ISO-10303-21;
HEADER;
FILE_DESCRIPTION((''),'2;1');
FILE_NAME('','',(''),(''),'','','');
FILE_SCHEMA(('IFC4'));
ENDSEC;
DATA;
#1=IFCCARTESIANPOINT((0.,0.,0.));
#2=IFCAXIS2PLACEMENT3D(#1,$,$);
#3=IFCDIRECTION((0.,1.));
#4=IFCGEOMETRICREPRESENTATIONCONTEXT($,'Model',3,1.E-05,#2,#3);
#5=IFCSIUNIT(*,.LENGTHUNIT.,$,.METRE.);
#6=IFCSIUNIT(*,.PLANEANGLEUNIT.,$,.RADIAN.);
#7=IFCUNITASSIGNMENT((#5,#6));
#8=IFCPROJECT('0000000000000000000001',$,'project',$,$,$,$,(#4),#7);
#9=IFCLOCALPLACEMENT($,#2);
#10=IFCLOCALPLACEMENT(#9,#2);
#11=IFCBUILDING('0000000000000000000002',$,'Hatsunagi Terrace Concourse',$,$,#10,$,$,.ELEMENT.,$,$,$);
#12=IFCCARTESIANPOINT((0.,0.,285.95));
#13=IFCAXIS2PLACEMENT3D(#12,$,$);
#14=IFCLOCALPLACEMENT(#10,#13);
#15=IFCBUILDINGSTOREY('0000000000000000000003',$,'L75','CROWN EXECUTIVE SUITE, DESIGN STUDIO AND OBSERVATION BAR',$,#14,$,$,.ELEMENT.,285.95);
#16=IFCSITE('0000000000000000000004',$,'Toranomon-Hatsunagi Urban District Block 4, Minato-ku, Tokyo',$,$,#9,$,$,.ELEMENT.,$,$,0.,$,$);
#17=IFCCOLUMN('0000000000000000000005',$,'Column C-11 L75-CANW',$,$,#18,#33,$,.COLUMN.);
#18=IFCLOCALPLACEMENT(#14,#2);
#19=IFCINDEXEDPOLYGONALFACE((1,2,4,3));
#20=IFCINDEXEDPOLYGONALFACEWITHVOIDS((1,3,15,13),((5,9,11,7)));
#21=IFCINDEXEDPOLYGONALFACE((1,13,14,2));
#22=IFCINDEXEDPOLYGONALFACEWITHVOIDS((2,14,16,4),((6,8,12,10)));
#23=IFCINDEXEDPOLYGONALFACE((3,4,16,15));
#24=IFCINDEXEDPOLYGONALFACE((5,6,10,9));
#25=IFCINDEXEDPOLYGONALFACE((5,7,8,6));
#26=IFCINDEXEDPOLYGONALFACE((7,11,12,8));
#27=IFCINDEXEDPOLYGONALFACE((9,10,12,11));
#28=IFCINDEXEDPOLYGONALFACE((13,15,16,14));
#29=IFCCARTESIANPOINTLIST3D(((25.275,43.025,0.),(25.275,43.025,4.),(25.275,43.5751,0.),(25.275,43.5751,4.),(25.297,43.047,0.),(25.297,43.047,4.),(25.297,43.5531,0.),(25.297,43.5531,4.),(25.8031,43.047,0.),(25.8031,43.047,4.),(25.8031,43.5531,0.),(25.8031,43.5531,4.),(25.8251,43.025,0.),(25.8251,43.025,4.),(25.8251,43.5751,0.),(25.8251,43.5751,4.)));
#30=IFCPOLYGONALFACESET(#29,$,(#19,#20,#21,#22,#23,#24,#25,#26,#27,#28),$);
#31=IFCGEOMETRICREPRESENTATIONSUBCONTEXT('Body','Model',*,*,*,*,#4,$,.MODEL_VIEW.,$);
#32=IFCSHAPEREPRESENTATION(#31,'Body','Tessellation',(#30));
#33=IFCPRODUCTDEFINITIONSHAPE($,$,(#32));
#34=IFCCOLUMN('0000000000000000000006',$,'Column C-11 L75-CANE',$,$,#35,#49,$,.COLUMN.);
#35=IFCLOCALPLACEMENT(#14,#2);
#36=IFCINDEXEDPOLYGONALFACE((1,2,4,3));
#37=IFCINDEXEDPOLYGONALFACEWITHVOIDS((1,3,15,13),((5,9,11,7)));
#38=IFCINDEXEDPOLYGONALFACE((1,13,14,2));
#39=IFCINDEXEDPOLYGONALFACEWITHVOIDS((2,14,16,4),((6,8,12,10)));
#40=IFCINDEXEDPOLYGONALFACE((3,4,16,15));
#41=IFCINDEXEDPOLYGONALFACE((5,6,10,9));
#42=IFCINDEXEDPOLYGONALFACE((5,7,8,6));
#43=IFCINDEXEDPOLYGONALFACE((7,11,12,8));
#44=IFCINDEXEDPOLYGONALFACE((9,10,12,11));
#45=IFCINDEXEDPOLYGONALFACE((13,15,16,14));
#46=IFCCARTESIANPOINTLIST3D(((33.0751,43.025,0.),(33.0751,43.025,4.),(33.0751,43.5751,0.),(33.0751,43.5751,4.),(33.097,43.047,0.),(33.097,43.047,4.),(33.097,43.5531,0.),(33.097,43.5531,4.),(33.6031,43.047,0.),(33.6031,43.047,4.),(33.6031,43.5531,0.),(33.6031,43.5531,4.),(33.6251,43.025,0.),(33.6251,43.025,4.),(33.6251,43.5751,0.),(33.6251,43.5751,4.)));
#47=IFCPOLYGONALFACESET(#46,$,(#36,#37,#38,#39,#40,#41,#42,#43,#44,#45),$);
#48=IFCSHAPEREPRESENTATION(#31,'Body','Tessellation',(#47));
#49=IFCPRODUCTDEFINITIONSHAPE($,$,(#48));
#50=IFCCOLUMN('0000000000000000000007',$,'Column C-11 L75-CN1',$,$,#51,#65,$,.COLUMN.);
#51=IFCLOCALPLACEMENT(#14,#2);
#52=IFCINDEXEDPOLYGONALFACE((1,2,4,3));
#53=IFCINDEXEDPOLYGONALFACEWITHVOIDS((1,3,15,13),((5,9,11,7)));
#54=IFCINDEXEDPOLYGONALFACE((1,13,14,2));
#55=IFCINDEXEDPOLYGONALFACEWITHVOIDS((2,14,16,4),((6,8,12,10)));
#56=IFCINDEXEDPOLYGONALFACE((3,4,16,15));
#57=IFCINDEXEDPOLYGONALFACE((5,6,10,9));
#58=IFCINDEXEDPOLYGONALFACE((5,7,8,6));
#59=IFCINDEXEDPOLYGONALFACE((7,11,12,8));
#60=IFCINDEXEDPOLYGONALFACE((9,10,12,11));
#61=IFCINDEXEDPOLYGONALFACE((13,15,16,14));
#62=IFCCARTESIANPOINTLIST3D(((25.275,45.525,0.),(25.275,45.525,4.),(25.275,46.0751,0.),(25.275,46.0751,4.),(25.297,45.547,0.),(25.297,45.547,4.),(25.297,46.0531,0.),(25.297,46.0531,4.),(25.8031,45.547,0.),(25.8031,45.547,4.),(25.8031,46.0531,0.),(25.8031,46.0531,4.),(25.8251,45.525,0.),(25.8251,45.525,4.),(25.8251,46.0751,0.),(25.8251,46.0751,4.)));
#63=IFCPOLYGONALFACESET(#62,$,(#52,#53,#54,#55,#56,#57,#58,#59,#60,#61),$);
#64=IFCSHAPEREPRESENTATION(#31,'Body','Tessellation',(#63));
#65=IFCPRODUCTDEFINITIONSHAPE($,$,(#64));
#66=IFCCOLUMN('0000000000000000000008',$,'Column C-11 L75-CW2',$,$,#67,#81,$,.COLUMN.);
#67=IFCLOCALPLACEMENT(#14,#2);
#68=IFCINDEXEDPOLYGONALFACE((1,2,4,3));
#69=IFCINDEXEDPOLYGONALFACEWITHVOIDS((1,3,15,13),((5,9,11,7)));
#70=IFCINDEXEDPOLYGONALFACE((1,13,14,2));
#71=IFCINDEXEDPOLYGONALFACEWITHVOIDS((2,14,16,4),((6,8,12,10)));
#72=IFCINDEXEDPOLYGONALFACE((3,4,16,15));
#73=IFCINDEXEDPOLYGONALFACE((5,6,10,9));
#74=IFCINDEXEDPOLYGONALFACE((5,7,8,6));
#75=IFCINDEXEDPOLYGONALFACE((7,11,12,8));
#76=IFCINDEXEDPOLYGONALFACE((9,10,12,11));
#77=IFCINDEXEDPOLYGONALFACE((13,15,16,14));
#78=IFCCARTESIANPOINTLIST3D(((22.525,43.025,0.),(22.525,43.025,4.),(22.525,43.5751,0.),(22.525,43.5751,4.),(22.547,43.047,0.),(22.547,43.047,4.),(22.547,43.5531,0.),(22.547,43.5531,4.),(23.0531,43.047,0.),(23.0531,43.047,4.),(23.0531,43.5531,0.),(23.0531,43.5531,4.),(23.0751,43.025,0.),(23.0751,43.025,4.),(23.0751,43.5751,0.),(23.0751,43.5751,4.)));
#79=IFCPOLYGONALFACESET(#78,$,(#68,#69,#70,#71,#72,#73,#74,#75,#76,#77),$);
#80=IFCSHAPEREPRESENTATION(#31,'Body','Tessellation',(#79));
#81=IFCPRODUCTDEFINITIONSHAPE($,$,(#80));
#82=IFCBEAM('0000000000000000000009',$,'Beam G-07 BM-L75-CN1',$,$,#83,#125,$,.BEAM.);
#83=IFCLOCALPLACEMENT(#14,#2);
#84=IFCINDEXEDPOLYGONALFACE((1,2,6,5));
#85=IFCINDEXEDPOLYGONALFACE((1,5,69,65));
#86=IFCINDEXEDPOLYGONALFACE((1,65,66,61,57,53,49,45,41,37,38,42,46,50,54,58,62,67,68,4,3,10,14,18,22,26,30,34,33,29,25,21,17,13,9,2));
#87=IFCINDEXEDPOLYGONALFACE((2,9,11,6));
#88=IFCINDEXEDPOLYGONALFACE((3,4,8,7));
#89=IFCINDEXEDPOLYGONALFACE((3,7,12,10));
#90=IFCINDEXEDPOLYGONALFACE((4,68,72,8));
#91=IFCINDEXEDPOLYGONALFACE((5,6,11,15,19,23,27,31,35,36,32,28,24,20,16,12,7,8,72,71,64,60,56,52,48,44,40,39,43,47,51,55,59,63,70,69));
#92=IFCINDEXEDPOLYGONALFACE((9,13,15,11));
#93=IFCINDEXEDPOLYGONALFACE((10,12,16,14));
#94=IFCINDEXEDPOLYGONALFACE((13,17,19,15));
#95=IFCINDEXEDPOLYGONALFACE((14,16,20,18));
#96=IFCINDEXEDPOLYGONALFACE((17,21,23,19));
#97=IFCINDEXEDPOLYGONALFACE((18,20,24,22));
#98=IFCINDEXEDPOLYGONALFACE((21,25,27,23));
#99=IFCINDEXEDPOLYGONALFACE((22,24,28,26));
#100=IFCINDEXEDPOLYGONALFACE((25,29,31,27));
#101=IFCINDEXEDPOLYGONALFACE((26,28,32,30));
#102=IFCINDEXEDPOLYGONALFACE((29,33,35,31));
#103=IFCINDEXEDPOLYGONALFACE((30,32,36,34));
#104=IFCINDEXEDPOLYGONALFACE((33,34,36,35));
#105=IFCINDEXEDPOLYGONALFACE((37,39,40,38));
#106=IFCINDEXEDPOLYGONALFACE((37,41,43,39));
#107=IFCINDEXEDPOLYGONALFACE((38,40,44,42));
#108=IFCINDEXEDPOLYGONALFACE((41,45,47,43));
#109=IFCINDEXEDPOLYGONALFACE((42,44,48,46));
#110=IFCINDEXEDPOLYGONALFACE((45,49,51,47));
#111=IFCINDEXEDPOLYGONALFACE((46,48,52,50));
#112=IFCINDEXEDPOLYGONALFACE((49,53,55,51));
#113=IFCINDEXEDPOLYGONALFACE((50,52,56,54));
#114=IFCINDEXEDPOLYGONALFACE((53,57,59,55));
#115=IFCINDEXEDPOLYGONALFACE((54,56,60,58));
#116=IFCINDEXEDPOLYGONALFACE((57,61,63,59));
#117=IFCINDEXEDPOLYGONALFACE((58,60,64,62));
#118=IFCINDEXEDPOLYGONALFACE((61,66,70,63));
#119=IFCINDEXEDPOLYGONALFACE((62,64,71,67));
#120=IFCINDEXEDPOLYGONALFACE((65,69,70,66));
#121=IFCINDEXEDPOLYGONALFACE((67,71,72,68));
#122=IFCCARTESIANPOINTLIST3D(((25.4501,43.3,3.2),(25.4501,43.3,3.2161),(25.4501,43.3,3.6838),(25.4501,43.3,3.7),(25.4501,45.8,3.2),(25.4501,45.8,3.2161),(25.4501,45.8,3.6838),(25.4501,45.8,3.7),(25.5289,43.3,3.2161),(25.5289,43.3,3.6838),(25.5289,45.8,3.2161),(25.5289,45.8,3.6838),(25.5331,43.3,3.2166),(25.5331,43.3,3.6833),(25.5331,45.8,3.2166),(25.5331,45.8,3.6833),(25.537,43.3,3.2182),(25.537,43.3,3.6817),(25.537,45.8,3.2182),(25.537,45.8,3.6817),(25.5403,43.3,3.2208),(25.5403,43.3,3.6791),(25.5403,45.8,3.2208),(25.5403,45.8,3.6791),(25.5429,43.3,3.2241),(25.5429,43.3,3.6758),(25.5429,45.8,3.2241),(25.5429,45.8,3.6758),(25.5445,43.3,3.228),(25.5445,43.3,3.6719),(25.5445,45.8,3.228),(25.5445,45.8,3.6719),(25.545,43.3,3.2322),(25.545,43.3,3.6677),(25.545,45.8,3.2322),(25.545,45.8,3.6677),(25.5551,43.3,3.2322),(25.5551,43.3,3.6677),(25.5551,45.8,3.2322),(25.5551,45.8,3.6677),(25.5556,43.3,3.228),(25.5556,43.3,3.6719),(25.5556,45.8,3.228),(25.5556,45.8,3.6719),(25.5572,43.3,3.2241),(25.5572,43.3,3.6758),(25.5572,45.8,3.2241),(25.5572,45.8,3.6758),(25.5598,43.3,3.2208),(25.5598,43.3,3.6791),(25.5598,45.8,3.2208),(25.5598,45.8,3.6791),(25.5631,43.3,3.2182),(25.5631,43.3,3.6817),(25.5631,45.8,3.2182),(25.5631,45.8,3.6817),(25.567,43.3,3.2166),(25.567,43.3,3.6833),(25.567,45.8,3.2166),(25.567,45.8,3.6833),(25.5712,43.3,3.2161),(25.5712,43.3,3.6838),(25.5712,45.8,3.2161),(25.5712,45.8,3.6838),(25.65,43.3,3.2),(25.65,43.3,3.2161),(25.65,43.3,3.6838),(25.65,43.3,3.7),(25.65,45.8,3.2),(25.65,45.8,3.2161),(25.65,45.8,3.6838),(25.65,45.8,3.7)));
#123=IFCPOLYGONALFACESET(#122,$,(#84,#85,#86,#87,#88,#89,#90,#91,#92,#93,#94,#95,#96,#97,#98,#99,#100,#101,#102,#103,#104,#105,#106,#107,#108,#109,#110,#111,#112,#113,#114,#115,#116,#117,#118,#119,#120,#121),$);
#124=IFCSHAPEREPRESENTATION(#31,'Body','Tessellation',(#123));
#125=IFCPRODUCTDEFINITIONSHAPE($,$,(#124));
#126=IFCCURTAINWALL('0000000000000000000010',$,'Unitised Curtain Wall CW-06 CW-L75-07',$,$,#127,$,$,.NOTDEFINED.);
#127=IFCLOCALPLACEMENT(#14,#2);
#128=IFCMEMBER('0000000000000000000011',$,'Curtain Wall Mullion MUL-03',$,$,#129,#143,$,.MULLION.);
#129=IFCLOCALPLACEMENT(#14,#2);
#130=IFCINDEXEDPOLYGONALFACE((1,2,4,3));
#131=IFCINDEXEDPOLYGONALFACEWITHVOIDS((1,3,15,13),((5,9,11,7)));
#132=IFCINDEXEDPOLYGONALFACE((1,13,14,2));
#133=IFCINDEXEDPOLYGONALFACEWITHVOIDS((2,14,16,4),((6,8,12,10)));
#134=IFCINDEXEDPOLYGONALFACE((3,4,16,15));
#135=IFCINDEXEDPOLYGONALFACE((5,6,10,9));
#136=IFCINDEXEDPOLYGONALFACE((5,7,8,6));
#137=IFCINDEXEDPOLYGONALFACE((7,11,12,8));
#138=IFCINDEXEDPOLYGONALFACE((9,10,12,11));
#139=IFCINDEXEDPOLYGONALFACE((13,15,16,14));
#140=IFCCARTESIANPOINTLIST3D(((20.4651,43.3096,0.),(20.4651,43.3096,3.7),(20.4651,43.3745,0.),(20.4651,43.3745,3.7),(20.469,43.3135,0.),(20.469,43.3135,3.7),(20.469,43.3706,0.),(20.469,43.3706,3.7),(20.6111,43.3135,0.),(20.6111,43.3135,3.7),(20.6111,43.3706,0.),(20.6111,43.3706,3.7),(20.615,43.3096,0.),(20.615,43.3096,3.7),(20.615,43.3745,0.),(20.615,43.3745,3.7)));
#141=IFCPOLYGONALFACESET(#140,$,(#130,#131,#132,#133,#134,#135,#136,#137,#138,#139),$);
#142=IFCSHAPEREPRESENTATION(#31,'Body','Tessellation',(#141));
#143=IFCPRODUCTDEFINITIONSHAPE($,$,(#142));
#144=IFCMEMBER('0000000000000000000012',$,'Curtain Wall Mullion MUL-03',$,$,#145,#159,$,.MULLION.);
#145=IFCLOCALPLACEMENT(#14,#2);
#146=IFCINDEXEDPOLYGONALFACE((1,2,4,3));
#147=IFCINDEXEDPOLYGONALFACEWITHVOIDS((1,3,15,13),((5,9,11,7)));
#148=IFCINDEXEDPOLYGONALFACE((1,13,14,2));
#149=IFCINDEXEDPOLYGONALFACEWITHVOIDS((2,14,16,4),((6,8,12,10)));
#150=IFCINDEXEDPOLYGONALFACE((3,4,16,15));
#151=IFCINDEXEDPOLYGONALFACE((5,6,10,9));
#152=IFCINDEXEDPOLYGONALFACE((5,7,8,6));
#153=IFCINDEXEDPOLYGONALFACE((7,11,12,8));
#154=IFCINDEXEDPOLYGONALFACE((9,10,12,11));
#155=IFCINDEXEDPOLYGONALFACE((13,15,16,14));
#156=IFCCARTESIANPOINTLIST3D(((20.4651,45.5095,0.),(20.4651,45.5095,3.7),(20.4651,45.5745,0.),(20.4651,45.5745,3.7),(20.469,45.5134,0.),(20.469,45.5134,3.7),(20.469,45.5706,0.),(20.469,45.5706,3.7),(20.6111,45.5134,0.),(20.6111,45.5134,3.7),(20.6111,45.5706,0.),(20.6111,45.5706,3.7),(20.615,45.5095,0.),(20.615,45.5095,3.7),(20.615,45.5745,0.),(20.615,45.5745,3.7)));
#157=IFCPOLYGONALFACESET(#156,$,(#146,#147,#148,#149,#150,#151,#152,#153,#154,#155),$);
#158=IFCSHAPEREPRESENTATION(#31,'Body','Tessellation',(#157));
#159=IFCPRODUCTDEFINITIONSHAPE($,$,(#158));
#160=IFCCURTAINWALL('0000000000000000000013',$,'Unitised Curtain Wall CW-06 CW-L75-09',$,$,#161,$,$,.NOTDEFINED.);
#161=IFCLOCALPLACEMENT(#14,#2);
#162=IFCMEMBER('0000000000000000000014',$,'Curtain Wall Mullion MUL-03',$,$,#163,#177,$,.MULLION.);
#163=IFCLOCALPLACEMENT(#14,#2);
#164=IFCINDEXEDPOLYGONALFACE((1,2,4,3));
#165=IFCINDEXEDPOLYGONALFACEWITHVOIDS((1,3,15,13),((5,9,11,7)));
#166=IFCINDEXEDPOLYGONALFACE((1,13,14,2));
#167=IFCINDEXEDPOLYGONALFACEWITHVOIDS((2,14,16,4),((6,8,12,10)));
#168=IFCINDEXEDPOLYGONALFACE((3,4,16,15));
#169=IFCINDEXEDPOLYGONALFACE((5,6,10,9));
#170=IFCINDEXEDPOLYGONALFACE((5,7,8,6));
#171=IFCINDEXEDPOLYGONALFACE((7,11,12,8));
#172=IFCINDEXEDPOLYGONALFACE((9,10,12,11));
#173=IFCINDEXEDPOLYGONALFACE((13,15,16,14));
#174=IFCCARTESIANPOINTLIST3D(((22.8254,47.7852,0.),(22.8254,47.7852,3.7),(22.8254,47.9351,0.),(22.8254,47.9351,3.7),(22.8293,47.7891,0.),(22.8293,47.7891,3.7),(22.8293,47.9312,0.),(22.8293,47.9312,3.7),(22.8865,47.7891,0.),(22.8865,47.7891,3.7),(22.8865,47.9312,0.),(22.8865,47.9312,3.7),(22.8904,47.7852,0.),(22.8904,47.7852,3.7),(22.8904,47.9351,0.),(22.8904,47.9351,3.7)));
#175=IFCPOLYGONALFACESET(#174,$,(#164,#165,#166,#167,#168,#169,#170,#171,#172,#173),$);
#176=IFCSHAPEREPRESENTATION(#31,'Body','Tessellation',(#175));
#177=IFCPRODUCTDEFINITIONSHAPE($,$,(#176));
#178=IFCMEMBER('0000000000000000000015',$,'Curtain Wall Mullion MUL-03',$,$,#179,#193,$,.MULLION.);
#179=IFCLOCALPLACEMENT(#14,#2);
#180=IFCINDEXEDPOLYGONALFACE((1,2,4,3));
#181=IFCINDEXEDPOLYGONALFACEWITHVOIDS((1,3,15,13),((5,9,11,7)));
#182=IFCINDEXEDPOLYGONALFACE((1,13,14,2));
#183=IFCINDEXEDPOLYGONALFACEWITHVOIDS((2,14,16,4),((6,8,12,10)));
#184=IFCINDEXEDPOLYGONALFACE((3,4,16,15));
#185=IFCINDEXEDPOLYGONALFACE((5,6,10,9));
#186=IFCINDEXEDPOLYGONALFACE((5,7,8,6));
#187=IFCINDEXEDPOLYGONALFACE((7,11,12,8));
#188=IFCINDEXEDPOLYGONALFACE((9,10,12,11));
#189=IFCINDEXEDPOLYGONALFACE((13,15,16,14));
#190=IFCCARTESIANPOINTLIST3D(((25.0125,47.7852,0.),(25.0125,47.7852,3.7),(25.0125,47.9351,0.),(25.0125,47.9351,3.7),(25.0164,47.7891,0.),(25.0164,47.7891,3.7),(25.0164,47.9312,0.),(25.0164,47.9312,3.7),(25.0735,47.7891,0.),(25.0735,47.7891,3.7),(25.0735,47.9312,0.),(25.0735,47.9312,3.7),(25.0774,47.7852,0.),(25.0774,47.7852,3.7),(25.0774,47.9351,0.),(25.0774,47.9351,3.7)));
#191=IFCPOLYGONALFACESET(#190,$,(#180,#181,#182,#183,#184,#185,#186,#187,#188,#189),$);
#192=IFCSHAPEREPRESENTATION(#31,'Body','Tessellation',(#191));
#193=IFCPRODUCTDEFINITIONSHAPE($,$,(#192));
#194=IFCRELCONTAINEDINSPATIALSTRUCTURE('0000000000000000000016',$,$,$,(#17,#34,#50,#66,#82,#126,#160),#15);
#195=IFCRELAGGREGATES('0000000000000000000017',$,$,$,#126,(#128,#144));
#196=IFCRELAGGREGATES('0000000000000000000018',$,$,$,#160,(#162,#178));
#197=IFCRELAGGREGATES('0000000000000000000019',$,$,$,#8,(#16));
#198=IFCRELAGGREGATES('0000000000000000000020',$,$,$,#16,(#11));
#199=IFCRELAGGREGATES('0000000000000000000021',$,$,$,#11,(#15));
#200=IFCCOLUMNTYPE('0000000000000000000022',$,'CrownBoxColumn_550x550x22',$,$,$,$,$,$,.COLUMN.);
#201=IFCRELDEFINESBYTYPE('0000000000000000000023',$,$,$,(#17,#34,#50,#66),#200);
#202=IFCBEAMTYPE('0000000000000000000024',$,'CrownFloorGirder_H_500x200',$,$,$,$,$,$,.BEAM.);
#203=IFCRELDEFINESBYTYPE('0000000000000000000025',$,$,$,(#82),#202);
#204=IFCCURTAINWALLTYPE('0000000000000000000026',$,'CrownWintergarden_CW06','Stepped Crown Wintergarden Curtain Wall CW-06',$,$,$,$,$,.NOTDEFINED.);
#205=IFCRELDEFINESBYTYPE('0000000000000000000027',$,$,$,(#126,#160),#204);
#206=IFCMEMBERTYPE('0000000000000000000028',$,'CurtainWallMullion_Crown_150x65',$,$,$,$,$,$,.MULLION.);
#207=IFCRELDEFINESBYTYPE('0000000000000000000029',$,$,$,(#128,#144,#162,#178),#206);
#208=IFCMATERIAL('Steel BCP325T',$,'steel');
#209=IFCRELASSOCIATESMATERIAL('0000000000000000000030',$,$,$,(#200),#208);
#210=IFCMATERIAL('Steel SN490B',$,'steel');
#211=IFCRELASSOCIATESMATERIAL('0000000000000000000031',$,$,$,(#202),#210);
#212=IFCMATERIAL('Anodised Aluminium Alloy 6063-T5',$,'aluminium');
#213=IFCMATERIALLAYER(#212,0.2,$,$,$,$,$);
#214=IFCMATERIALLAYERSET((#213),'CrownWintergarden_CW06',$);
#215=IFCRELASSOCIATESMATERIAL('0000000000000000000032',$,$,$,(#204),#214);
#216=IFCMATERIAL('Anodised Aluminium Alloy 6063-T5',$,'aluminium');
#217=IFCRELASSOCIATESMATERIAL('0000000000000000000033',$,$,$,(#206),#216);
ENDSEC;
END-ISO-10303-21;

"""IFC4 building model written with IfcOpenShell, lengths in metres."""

from ifc_helpers import new_model, si_unit, direction, frame, origin, origin_2d, place, context, subcontext, project, spatial, hollow_rectangle, i_section, extrude, material, layer, layer_set, material_profile, profile_set, type_object, element, aggregate, save


model = new_model("IFC4")

# Units and contexts
model_context = context("Model", 3, precision=1e-05, world=origin(), true_north=direction((0.0, 1.0)))
body_context = subcontext(model_context, "Body", "Model", "MODEL_VIEW")
ifc_project = project(units=[si_unit("LENGTHUNIT", "METRE"), si_unit("PLANEANGLEUNIT", "RADIAN")], contexts=[model_context])

# Site, building, storey
site_placement = place(None, origin())
site = spatial("IfcSite", under=ifc_project, at=site_placement, Name="Toranomon-Hatsunagi Urban District Block 4, Minato-ku, Tokyo", CompositionType="ELEMENT", RefElevation=0.0)
building_placement = place(site_placement, origin())
building = spatial("IfcBuilding", under=site, at=building_placement, Name="Hatsunagi Terrace Concourse", CompositionType="ELEMENT")
storey_placement = place(building_placement, frame((0.0, 0.0, 285.95)))
storey = spatial("IfcBuildingStorey", under=building, at=storey_placement, Name="L75", Description="CROWN EXECUTIVE SUITE, DESIGN STUDIO AND OBSERVATION BAR", CompositionType="ELEMENT", Elevation=285.95)

# Columns
ifc_material_1 = material(Name="Steel BCP325T", Category="steel")
ifc_material_profile_1 = material_profile(ifc_material_1, hollow_rectangle(XDim=0.55, YDim=0.55, WallThickness=0.022, at=origin_2d()), Name="BCP-550x550x22")
ifc_profile_set_1 = profile_set([ifc_material_profile_1], Name="Steel BCP325T")
column_type = type_object("IfcColumnType", Name="CrownBoxColumn_550x550x22", PredefinedType="COLUMN", material=ifc_profile_set_1)
for number, where, z_axis, x_axis, name in (
    (1, (25.55, 43.3, 0.0), (0.0, 0.0, 1.0), (1.0, 0.0, 0.0), "Column C-11 L75-CANW"),
    (2, (33.3501, 43.3, 0.0), (0.0, 0.0, 1.0), (1.0, 0.0, 0.0), "Column C-11 L75-CANE"),
    (3, (25.55, 45.8, 0.0), (0.0, 0.0, 1.0), (1.0, 0.0, 0.0), "Column C-11 L75-CN1"),
    (4, (22.8, 43.3, 0.0), (0.0, 0.0, 1.0), (1.0, 0.0, 0.0), "Column C-11 L75-CW2"),
):
    element("IfcColumn", number, at=place(storey_placement, frame(where, z_axis=z_axis, x_axis=x_axis)), inside=storey, type_object=column_type, Name=name, PredefinedType="COLUMN", context=body_context, shape_type="SweptSolid", body=[
        extrude(hollow_rectangle(XDim=0.55, YDim=0.55, WallThickness=0.022, at=origin_2d()), origin(), (0.0, 0.0, 1.0), 4.0),
    ])

# Beam
ifc_material_2 = material(Name="Steel SN490B", Category="steel")
ifc_material_profile_2 = material_profile(ifc_material_2, i_section(OverallWidth=0.2, OverallDepth=0.5, WebThickness=0.01, FlangeThickness=0.0161, FilletRadius=0.0161, at=origin_2d()), Name="H-500x200x10x16")
ifc_profile_set_2 = profile_set([ifc_material_profile_2], Name="Steel SN490B")
beam_type_1 = type_object("IfcBeamType", Name="CrownFloorGirder_H_500x200", PredefinedType="BEAM", material=ifc_profile_set_2)
beam_1_placement = place(storey_placement, frame((25.55, 43.3, 3.45), z_axis=(0.0, 1.0, 0.0), x_axis=(-1.0, 0.0, 0.0)))
element("IfcBeam", 5, at=beam_1_placement, inside=storey, type_object=beam_type_1, Name="Beam G-07 BM-L75-CN1", PredefinedType="BEAM", context=body_context, shape_type="SweptSolid", body=[
    extrude(i_section(OverallWidth=0.2, OverallDepth=0.5, WebThickness=0.01, FlangeThickness=0.0161, FilletRadius=0.0161, at=origin_2d()), origin(), (0.0, 0.0, 1.0), 2.5),
])

# Curtain walls, members
ifc_material_3 = material(Name="Anodised Aluminium Alloy 6063-T5", Category="aluminium")
ifc_layer_1 = layer(ifc_material_3, 0.2)
ifc_layer_set_1 = layer_set([ifc_layer_1], Name="CrownWintergarden_CW06")
curtain_wall_type = type_object("IfcCurtainWallType", Name="CrownWintergarden_CW06", Description="Stepped Crown Wintergarden Curtain Wall CW-06", PredefinedType="NOTDEFINED", material=ifc_layer_set_1)
curtain_wall_1_placement = place(storey_placement, origin())
curtain_wall_1 = element("IfcCurtainWall", 6, at=curtain_wall_1_placement, inside=storey, type_object=curtain_wall_type, Name="Unitised Curtain Wall CW-06 CW-L75-07", PredefinedType="NOTDEFINED")
ifc_material_4 = material(Name="Anodised Aluminium Alloy 6063-T5", Category="aluminium")
ifc_material_profile_3 = material_profile(ifc_material_4, hollow_rectangle(XDim=0.0649, YDim=0.1499, WallThickness=0.0039, at=origin_2d()), Name="ALU-MUL-150x65x4")
ifc_profile_set_3 = profile_set([ifc_material_profile_3], Name="Anodised Aluminium Alloy 6063-T5")
member_type_1 = type_object("IfcMemberType", Name="CurtainWallMullion_Crown_150x65", PredefinedType="MULLION", material=ifc_profile_set_3)
member_1_placement = place(storey_placement, frame((20.54, 43.342, 0.0), z_axis=(0.0, 0.0, 1.0), x_axis=(0.0, 1.0, 0.0)))
member_1 = element("IfcMember", 7, at=member_1_placement, type_object=member_type_1, Name="Curtain Wall Mullion MUL-03", PredefinedType="MULLION", context=body_context, shape_type="SweptSolid", body=[
    extrude(hollow_rectangle(XDim=0.0649, YDim=0.1499, WallThickness=0.0039, at=origin_2d()), origin(), (0.0, 0.0, 1.0), 3.7),
])
member_2_placement = place(storey_placement, frame((20.54, 45.542, 0.0), z_axis=(0.0, 0.0, 1.0), x_axis=(0.0, 1.0, 0.0)))
member_2 = element("IfcMember", 8, at=member_2_placement, type_object=member_type_1, Name="Curtain Wall Mullion MUL-03", PredefinedType="MULLION", context=body_context, shape_type="SweptSolid", body=[
    extrude(hollow_rectangle(XDim=0.0649, YDim=0.1499, WallThickness=0.0039, at=origin_2d()), origin(), (0.0, 0.0, 1.0), 3.7),
])
curtain_wall_2_placement = place(storey_placement, origin())
curtain_wall_2 = element("IfcCurtainWall", 9, at=curtain_wall_2_placement, inside=storey, type_object=curtain_wall_type, Name="Unitised Curtain Wall CW-06 CW-L75-09", PredefinedType="NOTDEFINED")
member_3_placement = place(storey_placement, frame((22.8579, 47.8601, 0.0), z_axis=(0.0, 0.0, 1.0), x_axis=(1.0, 0.0, 0.0)))
member_3 = element("IfcMember", 10, at=member_3_placement, type_object=member_type_1, Name="Curtain Wall Mullion MUL-03", PredefinedType="MULLION", context=body_context, shape_type="SweptSolid", body=[
    extrude(hollow_rectangle(XDim=0.0649, YDim=0.1499, WallThickness=0.0039, at=origin_2d()), origin(), (0.0, 0.0, 1.0), 3.7),
])
member_4_placement = place(storey_placement, frame((25.0449, 47.8601, 0.0), z_axis=(0.0, 0.0, 1.0), x_axis=(1.0, 0.0, 0.0)))
member_4 = element("IfcMember", 11, at=member_4_placement, type_object=member_type_1, Name="Curtain Wall Mullion MUL-03", PredefinedType="MULLION", context=body_context, shape_type="SweptSolid", body=[
    extrude(hollow_rectangle(XDim=0.0649, YDim=0.1499, WallThickness=0.0039, at=origin_2d()), origin(), (0.0, 0.0, 1.0), 3.7),
])

aggregate(curtain_wall_1, [member_1, member_2])
aggregate(curtain_wall_2, [member_3, member_4])

save(model, "model.ifc")
